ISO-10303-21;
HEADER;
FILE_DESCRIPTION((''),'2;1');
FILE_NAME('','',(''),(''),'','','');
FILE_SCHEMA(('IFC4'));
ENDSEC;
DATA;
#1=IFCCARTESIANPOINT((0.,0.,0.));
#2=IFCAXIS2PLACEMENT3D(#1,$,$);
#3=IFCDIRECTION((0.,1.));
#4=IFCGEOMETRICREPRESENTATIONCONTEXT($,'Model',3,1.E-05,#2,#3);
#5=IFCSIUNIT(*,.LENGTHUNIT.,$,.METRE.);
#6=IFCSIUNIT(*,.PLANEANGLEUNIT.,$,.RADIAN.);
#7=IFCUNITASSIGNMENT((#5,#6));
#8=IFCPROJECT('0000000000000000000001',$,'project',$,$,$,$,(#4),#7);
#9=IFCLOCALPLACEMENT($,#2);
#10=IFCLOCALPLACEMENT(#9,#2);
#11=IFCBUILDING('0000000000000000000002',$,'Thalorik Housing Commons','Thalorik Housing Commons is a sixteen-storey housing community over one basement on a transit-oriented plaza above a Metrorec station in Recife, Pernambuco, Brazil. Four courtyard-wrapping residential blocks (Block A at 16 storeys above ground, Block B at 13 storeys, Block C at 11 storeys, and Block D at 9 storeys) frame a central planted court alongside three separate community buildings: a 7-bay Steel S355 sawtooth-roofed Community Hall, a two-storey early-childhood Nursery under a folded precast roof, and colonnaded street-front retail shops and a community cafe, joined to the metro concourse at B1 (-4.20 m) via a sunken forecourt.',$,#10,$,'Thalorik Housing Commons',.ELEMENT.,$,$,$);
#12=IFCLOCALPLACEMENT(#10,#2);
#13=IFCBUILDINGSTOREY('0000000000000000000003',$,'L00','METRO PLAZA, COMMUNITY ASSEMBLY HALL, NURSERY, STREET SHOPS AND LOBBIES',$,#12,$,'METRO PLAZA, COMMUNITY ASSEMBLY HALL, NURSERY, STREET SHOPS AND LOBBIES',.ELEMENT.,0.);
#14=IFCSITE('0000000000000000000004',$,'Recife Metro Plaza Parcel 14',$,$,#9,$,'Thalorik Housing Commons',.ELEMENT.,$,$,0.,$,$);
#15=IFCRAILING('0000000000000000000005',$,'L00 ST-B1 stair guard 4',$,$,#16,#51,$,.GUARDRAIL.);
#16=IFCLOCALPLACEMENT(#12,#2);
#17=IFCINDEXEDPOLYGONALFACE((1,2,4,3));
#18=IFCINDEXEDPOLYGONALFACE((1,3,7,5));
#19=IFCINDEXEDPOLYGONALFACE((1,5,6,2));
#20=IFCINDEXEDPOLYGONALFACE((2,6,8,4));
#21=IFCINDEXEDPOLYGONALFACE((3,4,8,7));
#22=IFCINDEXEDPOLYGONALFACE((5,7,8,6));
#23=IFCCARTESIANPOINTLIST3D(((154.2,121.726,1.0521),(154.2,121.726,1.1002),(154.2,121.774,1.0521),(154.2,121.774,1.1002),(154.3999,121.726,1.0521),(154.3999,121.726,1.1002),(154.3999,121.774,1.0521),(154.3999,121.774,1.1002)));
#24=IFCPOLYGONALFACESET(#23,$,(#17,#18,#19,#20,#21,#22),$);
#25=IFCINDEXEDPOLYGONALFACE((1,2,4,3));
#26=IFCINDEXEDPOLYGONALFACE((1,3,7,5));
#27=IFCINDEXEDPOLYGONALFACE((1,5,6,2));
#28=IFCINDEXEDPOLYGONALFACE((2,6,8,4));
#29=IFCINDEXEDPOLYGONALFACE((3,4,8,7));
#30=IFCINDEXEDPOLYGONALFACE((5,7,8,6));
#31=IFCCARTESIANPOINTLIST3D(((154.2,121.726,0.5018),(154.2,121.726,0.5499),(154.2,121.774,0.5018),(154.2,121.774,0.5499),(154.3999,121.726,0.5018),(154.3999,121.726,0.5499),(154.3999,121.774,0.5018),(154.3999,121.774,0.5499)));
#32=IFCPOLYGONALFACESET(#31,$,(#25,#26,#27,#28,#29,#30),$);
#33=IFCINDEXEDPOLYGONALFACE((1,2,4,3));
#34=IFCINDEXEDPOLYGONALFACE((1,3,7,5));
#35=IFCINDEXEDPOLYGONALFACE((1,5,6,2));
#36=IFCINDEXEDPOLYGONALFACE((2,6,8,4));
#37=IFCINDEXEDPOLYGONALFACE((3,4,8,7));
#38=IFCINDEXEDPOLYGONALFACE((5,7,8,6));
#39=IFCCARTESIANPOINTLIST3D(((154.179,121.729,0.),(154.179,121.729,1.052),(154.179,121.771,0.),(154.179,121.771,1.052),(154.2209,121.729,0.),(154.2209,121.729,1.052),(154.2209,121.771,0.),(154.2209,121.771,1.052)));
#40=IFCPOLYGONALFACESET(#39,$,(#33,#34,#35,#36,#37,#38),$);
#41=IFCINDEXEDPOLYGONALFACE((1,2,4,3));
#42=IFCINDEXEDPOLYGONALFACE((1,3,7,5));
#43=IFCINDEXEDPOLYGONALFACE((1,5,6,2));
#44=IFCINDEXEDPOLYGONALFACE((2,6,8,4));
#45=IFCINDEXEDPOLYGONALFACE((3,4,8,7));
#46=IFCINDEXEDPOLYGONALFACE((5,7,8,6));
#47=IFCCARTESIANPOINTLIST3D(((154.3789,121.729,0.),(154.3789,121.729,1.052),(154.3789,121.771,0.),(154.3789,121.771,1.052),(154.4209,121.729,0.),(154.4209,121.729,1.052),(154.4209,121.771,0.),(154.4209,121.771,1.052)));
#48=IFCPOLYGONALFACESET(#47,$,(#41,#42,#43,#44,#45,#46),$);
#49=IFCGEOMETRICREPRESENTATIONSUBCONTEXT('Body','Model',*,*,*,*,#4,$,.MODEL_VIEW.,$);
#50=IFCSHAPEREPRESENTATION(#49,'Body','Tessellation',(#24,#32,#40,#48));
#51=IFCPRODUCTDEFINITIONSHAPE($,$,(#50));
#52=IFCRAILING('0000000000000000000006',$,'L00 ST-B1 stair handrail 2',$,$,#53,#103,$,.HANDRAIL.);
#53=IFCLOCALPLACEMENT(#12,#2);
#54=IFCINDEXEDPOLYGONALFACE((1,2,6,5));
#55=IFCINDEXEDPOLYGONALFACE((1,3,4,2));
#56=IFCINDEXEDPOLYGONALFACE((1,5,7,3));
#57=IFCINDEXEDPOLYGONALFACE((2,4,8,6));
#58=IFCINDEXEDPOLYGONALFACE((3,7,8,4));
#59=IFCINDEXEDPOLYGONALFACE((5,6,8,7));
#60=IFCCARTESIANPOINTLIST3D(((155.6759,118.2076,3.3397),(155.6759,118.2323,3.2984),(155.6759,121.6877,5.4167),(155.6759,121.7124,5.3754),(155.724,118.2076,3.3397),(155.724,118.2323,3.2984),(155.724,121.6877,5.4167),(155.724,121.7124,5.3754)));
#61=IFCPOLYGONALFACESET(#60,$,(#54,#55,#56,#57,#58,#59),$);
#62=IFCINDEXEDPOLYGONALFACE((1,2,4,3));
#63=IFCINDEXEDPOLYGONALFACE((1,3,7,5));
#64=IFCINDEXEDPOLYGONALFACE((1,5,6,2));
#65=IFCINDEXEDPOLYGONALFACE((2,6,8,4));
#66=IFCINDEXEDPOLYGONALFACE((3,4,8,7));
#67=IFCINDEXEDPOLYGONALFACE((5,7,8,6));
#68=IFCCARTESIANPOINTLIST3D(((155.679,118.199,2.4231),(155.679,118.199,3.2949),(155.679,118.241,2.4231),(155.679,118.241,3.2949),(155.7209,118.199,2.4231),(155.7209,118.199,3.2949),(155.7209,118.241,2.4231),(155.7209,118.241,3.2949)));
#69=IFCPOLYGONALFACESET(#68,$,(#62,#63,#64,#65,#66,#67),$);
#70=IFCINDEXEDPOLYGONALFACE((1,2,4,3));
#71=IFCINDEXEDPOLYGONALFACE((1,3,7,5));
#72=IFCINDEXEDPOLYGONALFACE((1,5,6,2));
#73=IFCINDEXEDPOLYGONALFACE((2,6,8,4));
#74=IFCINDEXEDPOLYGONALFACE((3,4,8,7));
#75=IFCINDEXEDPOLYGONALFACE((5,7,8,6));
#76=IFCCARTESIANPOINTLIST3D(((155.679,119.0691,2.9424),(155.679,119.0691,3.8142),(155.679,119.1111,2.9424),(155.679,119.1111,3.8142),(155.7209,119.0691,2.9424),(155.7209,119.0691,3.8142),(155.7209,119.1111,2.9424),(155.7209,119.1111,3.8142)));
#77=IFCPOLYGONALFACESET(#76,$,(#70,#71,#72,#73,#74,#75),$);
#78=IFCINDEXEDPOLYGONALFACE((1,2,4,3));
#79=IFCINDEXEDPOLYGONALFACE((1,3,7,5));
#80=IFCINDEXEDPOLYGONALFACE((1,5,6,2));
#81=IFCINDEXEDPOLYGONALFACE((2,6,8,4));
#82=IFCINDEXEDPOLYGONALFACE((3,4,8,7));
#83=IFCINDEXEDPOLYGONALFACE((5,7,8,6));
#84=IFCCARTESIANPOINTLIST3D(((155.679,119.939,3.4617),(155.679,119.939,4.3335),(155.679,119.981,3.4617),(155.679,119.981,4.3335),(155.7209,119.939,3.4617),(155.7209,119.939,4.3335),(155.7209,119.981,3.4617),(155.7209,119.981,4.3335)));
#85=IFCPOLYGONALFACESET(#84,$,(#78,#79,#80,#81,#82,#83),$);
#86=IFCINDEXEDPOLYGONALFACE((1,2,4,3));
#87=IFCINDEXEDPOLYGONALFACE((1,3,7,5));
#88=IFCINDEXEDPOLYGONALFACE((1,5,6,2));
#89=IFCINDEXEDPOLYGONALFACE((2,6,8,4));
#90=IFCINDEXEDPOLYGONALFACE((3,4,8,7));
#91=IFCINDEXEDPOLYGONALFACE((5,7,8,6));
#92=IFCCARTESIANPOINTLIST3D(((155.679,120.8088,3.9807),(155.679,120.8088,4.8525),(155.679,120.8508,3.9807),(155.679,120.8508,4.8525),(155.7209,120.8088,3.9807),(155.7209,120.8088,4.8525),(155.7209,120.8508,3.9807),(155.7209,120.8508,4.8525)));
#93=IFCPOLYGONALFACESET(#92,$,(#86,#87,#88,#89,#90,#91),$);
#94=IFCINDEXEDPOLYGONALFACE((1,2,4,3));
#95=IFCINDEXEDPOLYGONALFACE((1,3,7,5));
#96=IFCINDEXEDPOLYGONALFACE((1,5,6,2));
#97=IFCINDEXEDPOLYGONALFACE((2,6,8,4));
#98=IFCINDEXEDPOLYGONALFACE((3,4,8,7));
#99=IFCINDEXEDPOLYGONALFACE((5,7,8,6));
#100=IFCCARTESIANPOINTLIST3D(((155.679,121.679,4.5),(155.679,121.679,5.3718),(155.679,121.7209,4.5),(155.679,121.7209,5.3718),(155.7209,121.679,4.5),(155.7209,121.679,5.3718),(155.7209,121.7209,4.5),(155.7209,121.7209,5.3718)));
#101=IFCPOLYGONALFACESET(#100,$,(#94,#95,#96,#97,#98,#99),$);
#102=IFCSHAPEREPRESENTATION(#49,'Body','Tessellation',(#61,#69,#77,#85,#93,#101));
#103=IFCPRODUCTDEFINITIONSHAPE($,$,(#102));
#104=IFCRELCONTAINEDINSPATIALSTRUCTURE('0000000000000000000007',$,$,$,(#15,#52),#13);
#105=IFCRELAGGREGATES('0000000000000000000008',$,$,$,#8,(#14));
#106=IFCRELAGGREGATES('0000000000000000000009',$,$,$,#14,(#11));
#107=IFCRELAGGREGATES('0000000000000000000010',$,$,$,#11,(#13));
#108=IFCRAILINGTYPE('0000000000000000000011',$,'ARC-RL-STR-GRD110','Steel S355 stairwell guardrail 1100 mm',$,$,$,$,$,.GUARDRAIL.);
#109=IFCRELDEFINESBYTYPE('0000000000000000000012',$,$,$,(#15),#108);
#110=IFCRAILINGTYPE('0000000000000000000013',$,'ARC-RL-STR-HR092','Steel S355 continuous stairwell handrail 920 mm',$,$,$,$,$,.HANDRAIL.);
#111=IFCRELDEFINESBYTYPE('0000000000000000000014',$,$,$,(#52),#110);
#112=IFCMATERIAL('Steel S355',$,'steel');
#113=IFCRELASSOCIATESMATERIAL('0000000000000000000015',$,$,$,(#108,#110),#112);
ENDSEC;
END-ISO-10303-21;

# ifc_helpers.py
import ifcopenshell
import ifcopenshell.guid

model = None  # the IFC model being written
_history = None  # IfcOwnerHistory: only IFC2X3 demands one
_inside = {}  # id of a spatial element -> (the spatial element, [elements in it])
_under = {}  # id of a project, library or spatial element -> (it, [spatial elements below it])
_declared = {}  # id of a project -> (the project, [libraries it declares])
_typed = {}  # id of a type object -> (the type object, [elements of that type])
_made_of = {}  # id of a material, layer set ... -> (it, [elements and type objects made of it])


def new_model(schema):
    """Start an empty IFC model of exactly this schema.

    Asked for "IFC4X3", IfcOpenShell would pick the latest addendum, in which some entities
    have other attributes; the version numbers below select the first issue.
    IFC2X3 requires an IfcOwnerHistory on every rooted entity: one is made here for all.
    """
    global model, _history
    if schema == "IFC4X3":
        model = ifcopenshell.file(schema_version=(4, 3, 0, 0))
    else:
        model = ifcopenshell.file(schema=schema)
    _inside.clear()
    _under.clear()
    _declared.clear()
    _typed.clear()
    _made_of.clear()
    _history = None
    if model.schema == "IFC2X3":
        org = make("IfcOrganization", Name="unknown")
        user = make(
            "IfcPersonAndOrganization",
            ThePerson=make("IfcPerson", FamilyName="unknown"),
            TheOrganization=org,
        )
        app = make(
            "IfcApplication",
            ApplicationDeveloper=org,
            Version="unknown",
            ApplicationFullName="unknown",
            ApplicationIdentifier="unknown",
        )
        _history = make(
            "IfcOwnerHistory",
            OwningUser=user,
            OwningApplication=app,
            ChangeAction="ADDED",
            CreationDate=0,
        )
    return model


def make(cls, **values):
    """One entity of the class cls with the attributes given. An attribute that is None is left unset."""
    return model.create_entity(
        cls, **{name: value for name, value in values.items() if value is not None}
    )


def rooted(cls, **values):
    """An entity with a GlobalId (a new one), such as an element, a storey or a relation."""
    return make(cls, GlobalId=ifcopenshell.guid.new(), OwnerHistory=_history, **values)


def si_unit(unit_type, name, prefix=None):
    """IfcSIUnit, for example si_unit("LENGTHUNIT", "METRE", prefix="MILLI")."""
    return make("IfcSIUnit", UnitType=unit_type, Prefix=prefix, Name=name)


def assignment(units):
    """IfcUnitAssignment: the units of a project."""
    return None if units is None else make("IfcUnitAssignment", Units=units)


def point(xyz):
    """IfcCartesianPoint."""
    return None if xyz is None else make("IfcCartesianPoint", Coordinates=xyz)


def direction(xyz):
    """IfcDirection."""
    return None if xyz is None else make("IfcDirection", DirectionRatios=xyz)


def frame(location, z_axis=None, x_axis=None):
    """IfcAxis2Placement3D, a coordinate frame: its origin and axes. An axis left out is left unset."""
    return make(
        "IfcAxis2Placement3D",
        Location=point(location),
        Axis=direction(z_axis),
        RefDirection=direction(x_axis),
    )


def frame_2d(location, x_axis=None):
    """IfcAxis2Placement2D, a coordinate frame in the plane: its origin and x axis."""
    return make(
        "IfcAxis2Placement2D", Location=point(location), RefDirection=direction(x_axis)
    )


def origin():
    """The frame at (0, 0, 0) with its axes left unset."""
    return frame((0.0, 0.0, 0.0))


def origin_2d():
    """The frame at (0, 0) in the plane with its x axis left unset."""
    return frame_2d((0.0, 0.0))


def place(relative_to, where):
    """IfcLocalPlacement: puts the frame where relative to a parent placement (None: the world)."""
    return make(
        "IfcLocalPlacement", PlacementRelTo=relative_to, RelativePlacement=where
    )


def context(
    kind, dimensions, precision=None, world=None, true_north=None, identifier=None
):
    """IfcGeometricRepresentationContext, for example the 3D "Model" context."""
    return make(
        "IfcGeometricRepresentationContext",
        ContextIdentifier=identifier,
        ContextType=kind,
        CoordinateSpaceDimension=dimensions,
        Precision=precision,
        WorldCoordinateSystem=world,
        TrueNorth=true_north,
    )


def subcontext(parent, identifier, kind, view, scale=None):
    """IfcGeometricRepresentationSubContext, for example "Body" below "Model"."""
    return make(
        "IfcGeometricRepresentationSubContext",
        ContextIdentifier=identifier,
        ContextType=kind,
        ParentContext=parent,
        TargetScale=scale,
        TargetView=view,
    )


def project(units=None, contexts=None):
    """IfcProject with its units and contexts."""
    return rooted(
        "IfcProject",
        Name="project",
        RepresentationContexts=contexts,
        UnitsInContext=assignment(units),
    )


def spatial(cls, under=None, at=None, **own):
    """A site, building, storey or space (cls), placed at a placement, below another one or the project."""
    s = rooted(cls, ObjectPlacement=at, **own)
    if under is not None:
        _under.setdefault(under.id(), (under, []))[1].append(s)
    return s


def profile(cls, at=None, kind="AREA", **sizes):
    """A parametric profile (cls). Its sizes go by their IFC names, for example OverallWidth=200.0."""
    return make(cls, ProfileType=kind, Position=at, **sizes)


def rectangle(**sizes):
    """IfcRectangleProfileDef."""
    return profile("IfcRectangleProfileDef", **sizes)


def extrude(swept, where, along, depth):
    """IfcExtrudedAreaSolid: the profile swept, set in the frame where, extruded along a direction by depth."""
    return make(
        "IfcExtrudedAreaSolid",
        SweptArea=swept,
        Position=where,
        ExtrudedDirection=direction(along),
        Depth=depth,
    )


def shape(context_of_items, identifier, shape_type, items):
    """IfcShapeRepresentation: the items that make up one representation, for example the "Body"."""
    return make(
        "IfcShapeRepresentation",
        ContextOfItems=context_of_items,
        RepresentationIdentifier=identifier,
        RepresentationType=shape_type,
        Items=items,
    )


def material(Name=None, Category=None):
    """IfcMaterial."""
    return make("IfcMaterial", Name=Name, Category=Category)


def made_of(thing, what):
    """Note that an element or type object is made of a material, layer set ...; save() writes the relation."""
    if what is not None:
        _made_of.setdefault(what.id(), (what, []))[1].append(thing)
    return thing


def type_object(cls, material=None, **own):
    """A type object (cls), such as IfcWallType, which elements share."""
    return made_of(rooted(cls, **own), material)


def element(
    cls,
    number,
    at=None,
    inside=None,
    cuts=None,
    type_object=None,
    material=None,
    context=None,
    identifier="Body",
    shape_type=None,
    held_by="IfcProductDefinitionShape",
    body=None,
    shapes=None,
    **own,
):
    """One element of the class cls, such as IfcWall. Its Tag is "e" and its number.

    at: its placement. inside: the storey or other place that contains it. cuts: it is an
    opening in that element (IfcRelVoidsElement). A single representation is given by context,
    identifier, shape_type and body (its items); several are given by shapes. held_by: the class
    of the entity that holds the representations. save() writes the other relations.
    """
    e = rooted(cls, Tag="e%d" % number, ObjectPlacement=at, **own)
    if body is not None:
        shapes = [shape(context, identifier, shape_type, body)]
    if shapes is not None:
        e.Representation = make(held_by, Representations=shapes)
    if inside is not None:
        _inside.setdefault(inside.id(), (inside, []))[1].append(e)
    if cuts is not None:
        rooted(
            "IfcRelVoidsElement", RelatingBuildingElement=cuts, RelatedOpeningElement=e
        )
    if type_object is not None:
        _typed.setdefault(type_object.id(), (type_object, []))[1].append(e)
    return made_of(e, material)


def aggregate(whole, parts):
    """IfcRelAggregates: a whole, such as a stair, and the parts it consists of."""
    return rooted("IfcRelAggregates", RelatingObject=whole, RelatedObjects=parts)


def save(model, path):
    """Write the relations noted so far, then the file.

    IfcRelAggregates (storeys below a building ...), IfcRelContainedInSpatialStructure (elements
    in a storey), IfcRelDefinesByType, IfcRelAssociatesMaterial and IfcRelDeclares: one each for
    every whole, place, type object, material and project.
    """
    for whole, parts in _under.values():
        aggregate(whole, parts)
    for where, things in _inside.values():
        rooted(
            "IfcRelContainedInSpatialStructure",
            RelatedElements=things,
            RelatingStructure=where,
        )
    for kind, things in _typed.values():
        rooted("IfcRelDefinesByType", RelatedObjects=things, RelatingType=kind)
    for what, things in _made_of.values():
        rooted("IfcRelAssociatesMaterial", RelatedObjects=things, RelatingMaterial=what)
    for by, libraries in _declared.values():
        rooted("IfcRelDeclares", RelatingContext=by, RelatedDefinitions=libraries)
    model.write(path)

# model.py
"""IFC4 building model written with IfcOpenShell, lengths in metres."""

from ifc_helpers import new_model, si_unit, direction, frame, origin, origin_2d, place, context, subcontext, project, spatial, rectangle, extrude, material, type_object, element, save


model = new_model("IFC4")

# Units and contexts
model_context = context("Model", 3, precision=1e-05, world=origin(), true_north=direction((0.0, 1.0)))
body_context = subcontext(model_context, "Body", "Model", "MODEL_VIEW")
ifc_project = project(units=[si_unit("LENGTHUNIT", "METRE"), si_unit("PLANEANGLEUNIT", "RADIAN")], contexts=[model_context])

# Site, building, storey
site_placement = place(None, origin())
site = spatial("IfcSite", under=ifc_project, at=site_placement, Name="Recife Metro Plaza Parcel 14", LongName="Thalorik Housing Commons", CompositionType="ELEMENT", RefElevation=0.0)
building_placement = place(site_placement, origin())
building = spatial("IfcBuilding", under=site, at=building_placement, Name="Thalorik Housing Commons", Description="Thalorik Housing Commons is a sixteen-storey housing community over one basement on a transit-oriented plaza above a Metrorec station in Recife, Pernambuco, Brazil. Four courtyard-wrapping residential blocks (Block A at 16 storeys above ground, Block B at 13 storeys, Block C at 11 storeys, and Block D at 9 storeys) frame a central planted court alongside three separate community buildings: a 7-bay Steel S355 sawtooth-roofed Community Hall, a two-storey early-childhood Nursery under a folded precast roof, and colonnaded street-front retail shops and a community cafe, joined to the metro concourse at B1 (-4.20 m) via a sunken forecourt.", LongName="Thalorik Housing Commons", CompositionType="ELEMENT")
storey_placement = place(building_placement, origin())
storey = spatial("IfcBuildingStorey", under=building, at=storey_placement, Name="L00", Description="METRO PLAZA, COMMUNITY ASSEMBLY HALL, NURSERY, STREET SHOPS AND LOBBIES", LongName="METRO PLAZA, COMMUNITY ASSEMBLY HALL, NURSERY, STREET SHOPS AND LOBBIES", CompositionType="ELEMENT", Elevation=0.0)

# Shared definitions
ifc_material_1 = material(Name="Steel S355", Category="steel")

# Railings
railing_type_1 = type_object("IfcRailingType", Name="ARC-RL-STR-GRD110", Description="Steel S355 stairwell guardrail 1100 mm", PredefinedType="GUARDRAIL", material=ifc_material_1)
railing_1_placement = place(storey_placement, frame((154.2, 121.75, 0.0)))
element("IfcRailing", 1, at=railing_1_placement, inside=storey, type_object=railing_type_1, Name="L00 ST-B1 stair guard 4", PredefinedType="GUARDRAIL", context=body_context, shape_type="SweptSolid", body=[
    extrude(rectangle(XDim=0.0481, YDim=0.0481, at=origin_2d()), frame((0.0, 0.0, 1.0762), z_axis=(1.0, 0.0, 0.0), x_axis=(0.0, 1.0, 0.0)), (0.0, 0.0, 1.0), 0.2),
    extrude(rectangle(XDim=0.0481, YDim=0.0481, at=origin_2d()), frame((0.0, 0.0, 0.5259), z_axis=(1.0, 0.0, 0.0), x_axis=(0.0, 1.0, 0.0)), (0.0, 0.0, 1.0), 0.2),
    extrude(rectangle(XDim=0.042, YDim=0.042, at=origin_2d()), origin(), (0.0, 0.0, 1.0), 1.052),
    extrude(rectangle(XDim=0.042, YDim=0.042, at=origin_2d()), frame((0.2, 0.0, 0.0)), (0.0, 0.0, 1.0), 1.052),
])
railing_type_2 = type_object("IfcRailingType", Name="ARC-RL-STR-HR092", Description="Steel S355 continuous stairwell handrail 920 mm", PredefinedType="HANDRAIL", material=ifc_material_1)
railing_2_placement = place(storey_placement, frame((155.7, 118.22, 2.4231)))
element("IfcRailing", 2, at=railing_2_placement, inside=storey, type_object=railing_type_2, Name="L00 ST-B1 stair handrail 2", PredefinedType="HANDRAIL", context=body_context, shape_type="SweptSolid", body=[
    extrude(rectangle(XDim=0.0481, YDim=0.0481, at=origin_2d()), frame((0.0, 0.0, 0.896), z_axis=(0.0, 0.858697, 0.512483), x_axis=(-1.0, 0.0, 0.0)), (0.0, 0.0, 1.0), 4.0527),
    extrude(rectangle(XDim=0.042, YDim=0.042, at=origin_2d()), origin(), (0.0, 0.0, 1.0), 0.8718),
    extrude(rectangle(XDim=0.042, YDim=0.042, at=origin_2d()), frame((0.0, 0.8701, 0.5193)), (0.0, 0.0, 1.0), 0.8718),
    extrude(rectangle(XDim=0.042, YDim=0.042, at=origin_2d()), frame((0.0, 1.74, 1.0386)), (0.0, 0.0, 1.0), 0.8718),
    extrude(rectangle(XDim=0.042, YDim=0.042, at=origin_2d()), frame((0.0, 2.6099, 1.5576)), (0.0, 0.0, 1.0), 0.8718),
    extrude(rectangle(XDim=0.042, YDim=0.042, at=origin_2d()), frame((0.0, 3.48, 2.0769)), (0.0, 0.0, 1.0), 0.8718),
])

save(model, "model.ifc")
